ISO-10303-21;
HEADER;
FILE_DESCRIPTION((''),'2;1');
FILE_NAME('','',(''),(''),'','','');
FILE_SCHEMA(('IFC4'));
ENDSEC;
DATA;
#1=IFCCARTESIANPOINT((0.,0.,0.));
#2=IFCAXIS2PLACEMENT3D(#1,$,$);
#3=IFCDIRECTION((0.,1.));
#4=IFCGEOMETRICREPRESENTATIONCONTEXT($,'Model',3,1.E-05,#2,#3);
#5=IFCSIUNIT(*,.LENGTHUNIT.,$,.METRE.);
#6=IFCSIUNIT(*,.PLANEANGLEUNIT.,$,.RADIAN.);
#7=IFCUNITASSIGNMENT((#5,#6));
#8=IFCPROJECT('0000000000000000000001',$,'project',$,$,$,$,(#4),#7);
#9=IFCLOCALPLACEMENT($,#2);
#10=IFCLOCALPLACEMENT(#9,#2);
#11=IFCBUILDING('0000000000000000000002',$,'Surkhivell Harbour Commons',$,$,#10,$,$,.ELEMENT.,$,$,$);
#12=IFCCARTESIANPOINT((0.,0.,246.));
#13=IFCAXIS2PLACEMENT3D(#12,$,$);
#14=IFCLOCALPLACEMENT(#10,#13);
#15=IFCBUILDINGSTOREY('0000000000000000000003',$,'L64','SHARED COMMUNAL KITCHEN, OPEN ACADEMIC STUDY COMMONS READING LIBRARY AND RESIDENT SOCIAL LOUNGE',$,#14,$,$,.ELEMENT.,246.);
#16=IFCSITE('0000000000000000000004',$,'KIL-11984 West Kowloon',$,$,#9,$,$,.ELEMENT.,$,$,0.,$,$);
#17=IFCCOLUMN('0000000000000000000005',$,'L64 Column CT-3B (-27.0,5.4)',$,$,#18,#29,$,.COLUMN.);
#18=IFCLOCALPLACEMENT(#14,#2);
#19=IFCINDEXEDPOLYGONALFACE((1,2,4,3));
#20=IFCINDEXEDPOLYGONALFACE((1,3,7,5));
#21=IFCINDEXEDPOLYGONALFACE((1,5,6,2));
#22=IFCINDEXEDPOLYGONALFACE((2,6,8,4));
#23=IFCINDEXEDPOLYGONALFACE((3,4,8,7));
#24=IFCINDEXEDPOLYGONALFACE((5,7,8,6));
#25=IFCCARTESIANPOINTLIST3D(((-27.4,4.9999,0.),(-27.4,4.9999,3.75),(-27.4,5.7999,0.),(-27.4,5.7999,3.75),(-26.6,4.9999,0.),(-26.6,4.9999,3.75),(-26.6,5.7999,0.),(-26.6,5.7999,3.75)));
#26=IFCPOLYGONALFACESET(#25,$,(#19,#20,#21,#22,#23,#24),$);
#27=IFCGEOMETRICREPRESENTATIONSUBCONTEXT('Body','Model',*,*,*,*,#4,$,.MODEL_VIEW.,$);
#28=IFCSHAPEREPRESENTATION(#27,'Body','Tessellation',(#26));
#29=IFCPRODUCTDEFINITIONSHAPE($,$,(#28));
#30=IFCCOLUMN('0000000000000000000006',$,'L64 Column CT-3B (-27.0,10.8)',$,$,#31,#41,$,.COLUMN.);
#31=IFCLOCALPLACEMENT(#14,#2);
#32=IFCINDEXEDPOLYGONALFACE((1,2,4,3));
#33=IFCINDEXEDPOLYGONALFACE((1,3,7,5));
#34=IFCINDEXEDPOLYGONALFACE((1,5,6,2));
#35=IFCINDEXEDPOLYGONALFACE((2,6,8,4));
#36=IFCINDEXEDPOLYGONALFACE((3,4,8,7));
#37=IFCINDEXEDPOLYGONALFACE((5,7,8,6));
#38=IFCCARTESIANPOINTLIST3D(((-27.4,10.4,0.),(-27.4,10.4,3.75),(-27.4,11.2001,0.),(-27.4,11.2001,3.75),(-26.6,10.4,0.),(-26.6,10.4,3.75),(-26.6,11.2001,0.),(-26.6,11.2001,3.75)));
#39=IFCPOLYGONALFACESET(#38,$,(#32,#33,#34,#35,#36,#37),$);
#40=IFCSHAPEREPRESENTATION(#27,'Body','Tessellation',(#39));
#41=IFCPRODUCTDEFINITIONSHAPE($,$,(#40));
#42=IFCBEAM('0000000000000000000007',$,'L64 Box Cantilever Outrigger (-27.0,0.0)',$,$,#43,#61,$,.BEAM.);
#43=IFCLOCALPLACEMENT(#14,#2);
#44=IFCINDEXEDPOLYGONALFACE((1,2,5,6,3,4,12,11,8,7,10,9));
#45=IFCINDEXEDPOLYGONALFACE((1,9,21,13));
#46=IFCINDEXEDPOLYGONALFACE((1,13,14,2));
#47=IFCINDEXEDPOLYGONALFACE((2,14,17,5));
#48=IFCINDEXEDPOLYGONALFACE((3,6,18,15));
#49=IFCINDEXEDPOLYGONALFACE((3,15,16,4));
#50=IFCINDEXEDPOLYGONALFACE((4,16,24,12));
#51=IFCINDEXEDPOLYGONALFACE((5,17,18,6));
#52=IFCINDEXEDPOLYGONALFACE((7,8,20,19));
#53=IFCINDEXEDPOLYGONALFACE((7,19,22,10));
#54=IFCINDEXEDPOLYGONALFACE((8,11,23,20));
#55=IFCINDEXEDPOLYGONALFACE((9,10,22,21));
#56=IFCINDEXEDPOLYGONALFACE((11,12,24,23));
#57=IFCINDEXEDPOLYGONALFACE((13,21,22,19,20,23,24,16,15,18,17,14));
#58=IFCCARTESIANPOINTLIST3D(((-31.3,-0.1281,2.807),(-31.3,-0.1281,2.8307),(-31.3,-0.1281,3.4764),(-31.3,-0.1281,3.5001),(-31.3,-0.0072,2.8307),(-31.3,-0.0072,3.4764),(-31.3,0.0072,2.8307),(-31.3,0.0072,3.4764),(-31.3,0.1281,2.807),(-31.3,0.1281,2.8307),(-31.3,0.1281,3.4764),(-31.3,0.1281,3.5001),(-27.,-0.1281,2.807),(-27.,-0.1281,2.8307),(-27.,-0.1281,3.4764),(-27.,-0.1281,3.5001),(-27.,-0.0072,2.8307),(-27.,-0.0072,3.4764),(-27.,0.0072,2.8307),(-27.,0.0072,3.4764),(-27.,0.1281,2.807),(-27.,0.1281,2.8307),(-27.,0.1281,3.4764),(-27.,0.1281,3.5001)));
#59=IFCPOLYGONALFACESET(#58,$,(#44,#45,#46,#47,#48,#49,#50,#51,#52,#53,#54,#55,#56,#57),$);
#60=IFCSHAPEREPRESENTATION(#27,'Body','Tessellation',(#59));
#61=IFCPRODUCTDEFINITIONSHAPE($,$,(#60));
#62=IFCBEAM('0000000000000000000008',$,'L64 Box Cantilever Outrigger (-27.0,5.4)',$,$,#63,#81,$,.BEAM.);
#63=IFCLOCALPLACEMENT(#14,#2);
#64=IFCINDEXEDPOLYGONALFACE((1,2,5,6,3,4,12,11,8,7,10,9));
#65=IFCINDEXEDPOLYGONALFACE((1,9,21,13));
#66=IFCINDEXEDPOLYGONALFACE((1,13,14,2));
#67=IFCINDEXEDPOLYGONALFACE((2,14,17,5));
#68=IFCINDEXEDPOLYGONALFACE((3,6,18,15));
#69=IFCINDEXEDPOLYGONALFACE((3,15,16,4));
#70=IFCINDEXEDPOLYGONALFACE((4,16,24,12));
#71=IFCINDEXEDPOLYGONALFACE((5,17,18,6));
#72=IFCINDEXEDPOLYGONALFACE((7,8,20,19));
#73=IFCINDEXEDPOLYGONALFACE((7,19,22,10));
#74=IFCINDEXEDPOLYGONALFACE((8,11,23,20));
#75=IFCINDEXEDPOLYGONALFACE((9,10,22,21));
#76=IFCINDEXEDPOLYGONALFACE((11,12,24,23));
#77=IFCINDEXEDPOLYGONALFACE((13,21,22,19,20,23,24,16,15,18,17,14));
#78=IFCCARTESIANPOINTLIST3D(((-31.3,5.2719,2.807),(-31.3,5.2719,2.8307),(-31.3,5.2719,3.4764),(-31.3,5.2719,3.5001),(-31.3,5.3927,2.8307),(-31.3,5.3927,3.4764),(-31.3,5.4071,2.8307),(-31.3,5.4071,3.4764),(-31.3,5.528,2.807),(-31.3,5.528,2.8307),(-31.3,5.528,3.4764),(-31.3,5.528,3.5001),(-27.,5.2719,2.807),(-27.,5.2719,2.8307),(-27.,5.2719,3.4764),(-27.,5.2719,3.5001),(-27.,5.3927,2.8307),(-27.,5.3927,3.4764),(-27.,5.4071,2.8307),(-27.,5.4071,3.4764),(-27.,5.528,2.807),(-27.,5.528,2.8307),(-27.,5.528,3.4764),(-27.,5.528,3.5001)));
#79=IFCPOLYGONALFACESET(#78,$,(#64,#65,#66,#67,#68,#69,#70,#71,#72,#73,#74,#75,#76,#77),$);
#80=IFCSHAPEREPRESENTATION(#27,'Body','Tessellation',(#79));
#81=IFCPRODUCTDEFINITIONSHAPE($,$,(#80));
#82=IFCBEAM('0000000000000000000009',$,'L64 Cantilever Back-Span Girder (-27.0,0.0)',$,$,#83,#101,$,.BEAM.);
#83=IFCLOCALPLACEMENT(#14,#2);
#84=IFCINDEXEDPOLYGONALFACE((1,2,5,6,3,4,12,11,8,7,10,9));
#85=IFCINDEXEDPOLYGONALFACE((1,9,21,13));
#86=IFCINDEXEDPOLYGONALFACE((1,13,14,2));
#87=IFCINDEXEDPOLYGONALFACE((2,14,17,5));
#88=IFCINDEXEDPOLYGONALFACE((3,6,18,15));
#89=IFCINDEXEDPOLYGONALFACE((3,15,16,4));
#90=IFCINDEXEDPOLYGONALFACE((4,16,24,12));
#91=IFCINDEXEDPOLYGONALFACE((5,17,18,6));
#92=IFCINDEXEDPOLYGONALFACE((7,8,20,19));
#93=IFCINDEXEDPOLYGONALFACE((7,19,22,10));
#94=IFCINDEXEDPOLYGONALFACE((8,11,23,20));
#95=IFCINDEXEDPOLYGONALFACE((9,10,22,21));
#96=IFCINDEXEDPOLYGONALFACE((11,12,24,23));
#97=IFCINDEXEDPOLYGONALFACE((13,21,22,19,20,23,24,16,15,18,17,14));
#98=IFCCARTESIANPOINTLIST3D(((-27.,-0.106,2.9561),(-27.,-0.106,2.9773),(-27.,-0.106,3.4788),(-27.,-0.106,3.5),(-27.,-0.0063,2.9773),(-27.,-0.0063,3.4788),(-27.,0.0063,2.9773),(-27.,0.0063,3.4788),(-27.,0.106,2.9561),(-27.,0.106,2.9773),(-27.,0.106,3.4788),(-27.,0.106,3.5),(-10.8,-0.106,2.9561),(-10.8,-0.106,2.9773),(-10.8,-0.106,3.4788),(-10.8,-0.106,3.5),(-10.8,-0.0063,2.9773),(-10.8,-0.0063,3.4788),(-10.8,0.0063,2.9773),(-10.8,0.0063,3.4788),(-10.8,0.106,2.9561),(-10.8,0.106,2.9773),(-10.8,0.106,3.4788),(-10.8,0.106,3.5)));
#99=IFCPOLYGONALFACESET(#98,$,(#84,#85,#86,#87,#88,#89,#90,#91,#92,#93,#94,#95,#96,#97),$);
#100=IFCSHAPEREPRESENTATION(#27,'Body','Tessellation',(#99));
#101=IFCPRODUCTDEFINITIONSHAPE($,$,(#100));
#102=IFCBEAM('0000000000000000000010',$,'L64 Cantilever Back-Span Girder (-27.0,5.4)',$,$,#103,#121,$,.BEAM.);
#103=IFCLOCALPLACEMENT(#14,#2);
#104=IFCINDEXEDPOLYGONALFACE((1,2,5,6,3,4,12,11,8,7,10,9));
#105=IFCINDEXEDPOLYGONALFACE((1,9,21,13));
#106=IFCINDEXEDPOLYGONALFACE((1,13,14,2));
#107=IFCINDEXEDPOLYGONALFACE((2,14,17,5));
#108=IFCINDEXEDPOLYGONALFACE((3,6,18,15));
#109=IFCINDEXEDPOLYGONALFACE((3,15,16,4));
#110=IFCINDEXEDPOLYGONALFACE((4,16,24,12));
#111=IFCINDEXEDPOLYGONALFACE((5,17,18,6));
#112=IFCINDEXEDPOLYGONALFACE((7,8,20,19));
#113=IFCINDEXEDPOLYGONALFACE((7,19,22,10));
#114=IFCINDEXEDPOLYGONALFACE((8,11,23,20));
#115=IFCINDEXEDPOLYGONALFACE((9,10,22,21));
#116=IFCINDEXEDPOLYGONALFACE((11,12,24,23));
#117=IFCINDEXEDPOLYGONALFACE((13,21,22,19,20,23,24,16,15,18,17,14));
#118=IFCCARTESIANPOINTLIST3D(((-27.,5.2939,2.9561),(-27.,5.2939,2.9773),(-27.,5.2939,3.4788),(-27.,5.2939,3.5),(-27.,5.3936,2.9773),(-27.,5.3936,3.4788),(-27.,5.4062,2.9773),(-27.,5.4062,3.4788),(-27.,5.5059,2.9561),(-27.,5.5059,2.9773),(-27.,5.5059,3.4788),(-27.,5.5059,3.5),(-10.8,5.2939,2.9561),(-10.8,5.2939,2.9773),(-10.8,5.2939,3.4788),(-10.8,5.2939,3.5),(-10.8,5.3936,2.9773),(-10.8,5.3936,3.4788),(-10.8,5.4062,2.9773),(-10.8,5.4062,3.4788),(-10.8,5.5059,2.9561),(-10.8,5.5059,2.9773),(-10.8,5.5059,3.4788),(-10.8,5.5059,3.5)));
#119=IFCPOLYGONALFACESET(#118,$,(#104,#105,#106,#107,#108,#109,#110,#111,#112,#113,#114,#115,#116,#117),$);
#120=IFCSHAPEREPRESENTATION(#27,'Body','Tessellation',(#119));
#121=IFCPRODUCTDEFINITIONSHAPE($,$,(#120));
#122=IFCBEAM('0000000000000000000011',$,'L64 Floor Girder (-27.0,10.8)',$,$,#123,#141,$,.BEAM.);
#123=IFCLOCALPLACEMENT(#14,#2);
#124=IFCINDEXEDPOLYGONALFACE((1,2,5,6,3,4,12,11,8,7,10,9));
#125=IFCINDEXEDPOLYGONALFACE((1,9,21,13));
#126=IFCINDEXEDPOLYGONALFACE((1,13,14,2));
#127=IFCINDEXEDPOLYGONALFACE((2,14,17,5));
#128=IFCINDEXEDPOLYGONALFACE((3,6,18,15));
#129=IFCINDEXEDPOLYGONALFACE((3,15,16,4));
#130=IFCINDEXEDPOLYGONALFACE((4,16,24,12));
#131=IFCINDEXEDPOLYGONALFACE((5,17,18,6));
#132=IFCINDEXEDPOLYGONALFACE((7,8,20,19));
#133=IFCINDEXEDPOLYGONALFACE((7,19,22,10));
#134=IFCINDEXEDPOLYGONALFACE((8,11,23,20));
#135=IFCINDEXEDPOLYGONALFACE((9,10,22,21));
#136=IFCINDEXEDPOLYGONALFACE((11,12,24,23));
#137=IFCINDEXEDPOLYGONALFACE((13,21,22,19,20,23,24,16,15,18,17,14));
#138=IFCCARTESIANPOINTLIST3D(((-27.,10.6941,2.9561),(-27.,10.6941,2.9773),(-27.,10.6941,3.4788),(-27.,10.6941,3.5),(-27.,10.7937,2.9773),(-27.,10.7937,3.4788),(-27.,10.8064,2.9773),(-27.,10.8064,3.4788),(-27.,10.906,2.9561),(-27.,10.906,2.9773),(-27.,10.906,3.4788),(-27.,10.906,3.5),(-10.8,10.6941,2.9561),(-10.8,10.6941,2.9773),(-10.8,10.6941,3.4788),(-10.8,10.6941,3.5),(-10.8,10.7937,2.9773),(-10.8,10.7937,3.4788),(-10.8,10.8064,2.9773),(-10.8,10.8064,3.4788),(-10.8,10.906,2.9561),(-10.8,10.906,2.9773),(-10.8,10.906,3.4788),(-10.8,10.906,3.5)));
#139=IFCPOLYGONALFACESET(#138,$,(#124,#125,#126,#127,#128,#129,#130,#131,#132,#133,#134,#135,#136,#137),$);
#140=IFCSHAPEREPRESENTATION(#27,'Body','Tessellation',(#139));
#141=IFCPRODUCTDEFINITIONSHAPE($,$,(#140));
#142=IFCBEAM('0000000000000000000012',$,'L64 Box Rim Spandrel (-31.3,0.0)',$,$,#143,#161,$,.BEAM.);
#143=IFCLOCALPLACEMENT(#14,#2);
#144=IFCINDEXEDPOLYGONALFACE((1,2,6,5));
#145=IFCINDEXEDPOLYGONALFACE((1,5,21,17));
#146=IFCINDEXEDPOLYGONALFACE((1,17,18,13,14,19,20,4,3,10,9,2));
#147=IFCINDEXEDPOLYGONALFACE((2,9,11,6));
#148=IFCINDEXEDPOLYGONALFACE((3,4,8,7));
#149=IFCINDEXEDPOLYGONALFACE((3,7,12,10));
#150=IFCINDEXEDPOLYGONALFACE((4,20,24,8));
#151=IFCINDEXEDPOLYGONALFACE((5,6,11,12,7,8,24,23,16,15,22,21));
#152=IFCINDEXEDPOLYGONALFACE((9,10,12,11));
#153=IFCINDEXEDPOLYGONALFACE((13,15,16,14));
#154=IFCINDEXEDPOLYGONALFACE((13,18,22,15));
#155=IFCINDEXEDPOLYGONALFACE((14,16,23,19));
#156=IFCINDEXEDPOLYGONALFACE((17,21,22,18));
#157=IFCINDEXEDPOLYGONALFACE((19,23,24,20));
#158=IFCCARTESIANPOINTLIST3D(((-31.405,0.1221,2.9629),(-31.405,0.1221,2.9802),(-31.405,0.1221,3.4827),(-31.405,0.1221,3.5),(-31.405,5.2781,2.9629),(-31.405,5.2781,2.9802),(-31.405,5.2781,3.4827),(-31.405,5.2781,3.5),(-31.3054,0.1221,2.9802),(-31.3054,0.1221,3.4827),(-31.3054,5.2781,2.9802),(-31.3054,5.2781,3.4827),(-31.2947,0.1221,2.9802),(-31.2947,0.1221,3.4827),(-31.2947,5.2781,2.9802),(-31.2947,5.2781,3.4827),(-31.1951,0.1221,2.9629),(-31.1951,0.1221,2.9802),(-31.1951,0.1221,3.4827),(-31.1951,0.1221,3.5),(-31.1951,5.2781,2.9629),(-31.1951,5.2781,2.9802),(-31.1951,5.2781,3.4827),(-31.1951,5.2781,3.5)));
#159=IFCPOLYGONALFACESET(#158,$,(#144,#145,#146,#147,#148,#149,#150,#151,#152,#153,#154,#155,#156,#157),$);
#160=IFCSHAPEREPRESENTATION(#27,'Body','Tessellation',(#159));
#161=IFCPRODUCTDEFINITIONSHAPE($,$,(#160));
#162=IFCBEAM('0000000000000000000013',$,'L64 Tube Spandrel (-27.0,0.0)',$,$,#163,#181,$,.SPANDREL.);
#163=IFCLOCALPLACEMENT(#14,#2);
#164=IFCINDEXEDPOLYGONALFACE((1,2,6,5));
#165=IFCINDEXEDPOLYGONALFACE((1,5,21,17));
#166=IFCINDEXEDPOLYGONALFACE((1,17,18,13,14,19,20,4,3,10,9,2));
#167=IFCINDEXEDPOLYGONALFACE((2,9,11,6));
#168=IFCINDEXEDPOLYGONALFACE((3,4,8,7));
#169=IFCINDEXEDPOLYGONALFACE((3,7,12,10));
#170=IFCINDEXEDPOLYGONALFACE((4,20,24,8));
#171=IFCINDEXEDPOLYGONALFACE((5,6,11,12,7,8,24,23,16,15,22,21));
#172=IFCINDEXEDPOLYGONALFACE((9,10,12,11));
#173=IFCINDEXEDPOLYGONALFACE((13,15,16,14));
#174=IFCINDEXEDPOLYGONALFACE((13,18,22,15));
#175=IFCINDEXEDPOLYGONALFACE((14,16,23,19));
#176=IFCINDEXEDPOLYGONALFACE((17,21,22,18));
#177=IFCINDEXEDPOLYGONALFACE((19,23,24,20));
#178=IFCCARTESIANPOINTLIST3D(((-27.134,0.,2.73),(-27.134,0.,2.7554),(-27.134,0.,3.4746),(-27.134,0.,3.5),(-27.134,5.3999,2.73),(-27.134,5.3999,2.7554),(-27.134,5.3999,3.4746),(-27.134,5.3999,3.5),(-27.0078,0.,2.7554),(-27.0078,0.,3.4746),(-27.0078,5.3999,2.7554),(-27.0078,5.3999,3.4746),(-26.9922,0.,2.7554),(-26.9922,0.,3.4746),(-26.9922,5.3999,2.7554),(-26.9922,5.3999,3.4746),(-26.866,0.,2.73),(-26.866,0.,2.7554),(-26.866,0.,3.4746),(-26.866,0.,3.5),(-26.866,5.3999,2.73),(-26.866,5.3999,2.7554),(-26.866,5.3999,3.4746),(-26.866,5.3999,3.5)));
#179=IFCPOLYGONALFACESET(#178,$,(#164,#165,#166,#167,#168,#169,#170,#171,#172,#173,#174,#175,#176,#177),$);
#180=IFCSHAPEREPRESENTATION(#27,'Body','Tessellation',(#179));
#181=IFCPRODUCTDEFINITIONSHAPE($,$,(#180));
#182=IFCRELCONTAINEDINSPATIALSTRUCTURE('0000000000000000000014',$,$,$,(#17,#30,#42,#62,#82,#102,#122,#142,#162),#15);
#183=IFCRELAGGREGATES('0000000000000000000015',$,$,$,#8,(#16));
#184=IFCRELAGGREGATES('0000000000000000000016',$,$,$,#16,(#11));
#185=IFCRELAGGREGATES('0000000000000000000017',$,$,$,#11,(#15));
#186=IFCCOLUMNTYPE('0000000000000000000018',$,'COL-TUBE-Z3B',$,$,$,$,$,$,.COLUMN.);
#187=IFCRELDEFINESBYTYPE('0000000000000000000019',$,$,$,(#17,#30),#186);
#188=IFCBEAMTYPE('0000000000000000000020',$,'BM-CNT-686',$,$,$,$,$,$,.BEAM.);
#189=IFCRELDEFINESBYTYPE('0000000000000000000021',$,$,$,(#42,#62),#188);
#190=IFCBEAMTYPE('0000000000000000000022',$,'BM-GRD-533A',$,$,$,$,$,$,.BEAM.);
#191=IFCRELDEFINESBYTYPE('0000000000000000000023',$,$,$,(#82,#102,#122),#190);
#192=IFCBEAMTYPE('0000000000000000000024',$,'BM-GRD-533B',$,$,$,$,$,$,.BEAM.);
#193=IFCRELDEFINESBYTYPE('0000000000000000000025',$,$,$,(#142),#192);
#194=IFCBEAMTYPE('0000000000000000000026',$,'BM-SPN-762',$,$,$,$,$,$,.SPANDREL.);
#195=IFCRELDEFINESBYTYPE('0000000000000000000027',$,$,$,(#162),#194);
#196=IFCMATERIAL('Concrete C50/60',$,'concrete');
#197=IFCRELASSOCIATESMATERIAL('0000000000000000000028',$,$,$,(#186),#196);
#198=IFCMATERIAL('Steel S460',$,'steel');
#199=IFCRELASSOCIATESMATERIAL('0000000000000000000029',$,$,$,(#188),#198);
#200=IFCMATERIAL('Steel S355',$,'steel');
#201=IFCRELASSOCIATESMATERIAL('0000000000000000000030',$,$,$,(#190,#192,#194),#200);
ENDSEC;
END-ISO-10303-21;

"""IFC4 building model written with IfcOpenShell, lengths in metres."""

from ifc_helpers import new_model, si_unit, direction, frame, origin, origin_2d, place, context, subcontext, project, spatial, rectangle, i_section, extrude, material, material_profile, profile_set, type_object, element, save


model = new_model("IFC4")

# Units and contexts
model_context = context("Model", 3, precision=1e-05, world=origin(), true_north=direction((0.0, 1.0)))
body_context = subcontext(model_context, "Body", "Model", "MODEL_VIEW")
ifc_project = project(units=[si_unit("LENGTHUNIT", "METRE"), si_unit("PLANEANGLEUNIT", "RADIAN")], contexts=[model_context])

# Site, building, storey
site_placement = place(None, origin())
site = spatial("IfcSite", under=ifc_project, at=site_placement, Name="KIL-11984 West Kowloon", CompositionType="ELEMENT", RefElevation=0.0)
building_placement = place(site_placement, origin())
building = spatial("IfcBuilding", under=site, at=building_placement, Name="Surkhivell Harbour Commons", CompositionType="ELEMENT")
storey_placement = place(building_placement, frame((0.0, 0.0, 246.0)))
storey = spatial("IfcBuildingStorey", under=building, at=storey_placement, Name="L64", Description="SHARED COMMUNAL KITCHEN, OPEN ACADEMIC STUDY COMMONS READING LIBRARY AND RESIDENT SOCIAL LOUNGE", CompositionType="ELEMENT", Elevation=246.0)

# Columns
ifc_material_1 = material(Name="Concrete C50/60", Category="concrete")
ifc_material_profile_1 = material_profile(ifc_material_1, rectangle(XDim=0.8, YDim=0.8, at=origin_2d()), Name="RC-COL-800x800")
ifc_profile_set_1 = profile_set([ifc_material_profile_1], Name="Concrete C50/60")
column_type = type_object("IfcColumnType", Name="COL-TUBE-Z3B", PredefinedType="COLUMN", material=ifc_profile_set_1)
for number, where, z_axis, x_axis, name in (
    (1, (-27.0, 5.3999, 0.0), (0.0, 0.0, 1.0), (1.0, 0.0, 0.0), "L64 Column CT-3B (-27.0,5.4)"),
    (2, (-27.0, 10.8, 0.0), (0.0, 0.0, 1.0), (1.0, 0.0, 0.0), "L64 Column CT-3B (-27.0,10.8)"),
):
    element("IfcColumn", number, at=place(storey_placement, frame(where, z_axis=z_axis, x_axis=x_axis)), inside=storey, type_object=column_type, Name=name, PredefinedType="COLUMN", context=body_context, shape_type="SweptSolid", body=[
        extrude(rectangle(XDim=0.8, YDim=0.8, at=origin_2d()), origin(), (0.0, 0.0, 1.0), 3.75),
    ])

# Beams
ifc_material_2 = material(Name="Steel S460", Category="steel")
ifc_material_profile_2 = material_profile(ifc_material_2, i_section(OverallWidth=0.2561, OverallDepth=0.6931, WebThickness=0.0144, FlangeThickness=0.0237, at=origin_2d()), Name="UB686x254x170")
ifc_profile_set_2 = profile_set([ifc_material_profile_2], Name="Steel S460")
beam_type_1 = type_object("IfcBeamType", Name="BM-CNT-686", PredefinedType="BEAM", material=ifc_profile_set_2)
for number, where, z_axis, x_axis, name in (
    (3, (-27.0, 0.0, 3.1536), (-1.0, 0.0, 0.0), (0.0, -1.0, 0.0), "L64 Box Cantilever Outrigger (-27.0,0.0)"),
    (4, (-27.0, 5.3999, 3.1536), (-1.0, 0.0, 0.0), (0.0, -1.0, 0.0), "L64 Box Cantilever Outrigger (-27.0,5.4)"),
):
    element("IfcBeam", number, at=place(storey_placement, frame(where, z_axis=z_axis, x_axis=x_axis)), inside=storey, type_object=beam_type_1, Name=name, PredefinedType="BEAM", context=body_context, shape_type="SweptSolid", body=[
        extrude(i_section(OverallWidth=0.2561, OverallDepth=0.6931, WebThickness=0.0144, FlangeThickness=0.0237, at=origin_2d()), origin(), (0.0, 0.0, 1.0), 4.3),
    ])
ifc_material_3 = material(Name="Steel S355", Category="steel")
ifc_material_profile_3 = material_profile(ifc_material_3, i_section(OverallWidth=0.2119, OverallDepth=0.5439, WebThickness=0.0127, FlangeThickness=0.0212, at=origin_2d()), Name="UB533x210x122")
ifc_profile_set_3 = profile_set([ifc_material_profile_3], Name="Steel S355")
beam_type_2 = type_object("IfcBeamType", Name="BM-GRD-533A", PredefinedType="BEAM", material=ifc_profile_set_3)
for number, where, z_axis, x_axis, name in (
    (5, (-27.0, 0.0, 3.228), (1.0, 0.0, 0.0), (0.0, 1.0, 0.0), "L64 Cantilever Back-Span Girder (-27.0,0.0)"),
    (6, (-27.0, 5.3999, 3.228), (1.0, 0.0, 0.0), (0.0, 1.0, 0.0), "L64 Cantilever Back-Span Girder (-27.0,5.4)"),
    (7, (-27.0, 10.8, 3.228), (1.0, 0.0, 0.0), (0.0, 1.0, 0.0), "L64 Floor Girder (-27.0,10.8)"),
):
    element("IfcBeam", number, at=place(storey_placement, frame(where, z_axis=z_axis, x_axis=x_axis)), inside=storey, type_object=beam_type_2, Name=name, PredefinedType="BEAM", context=body_context, shape_type="SweptSolid", body=[
        extrude(i_section(OverallWidth=0.2119, OverallDepth=0.5439, WebThickness=0.0127, FlangeThickness=0.0212, at=origin_2d()), origin(), (0.0, 0.0, 1.0), 16.2),
    ])
ifc_material_profile_4 = material_profile(ifc_material_3, i_section(OverallWidth=0.21, OverallDepth=0.5371, WebThickness=0.0107, FlangeThickness=0.0173, at=origin_2d()), Name="UB533x210x101")
ifc_profile_set_4 = profile_set([ifc_material_profile_4], Name="Steel S355")
beam_type_3 = type_object("IfcBeamType", Name="BM-GRD-533B", PredefinedType="BEAM", material=ifc_profile_set_4)
beam_1_placement = place(storey_placement, frame((-31.3, 0.1221, 3.2314), z_axis=(0.0, 1.0, 0.0), x_axis=(-1.0, 0.0, 0.0)))
element("IfcBeam", 8, at=beam_1_placement, inside=storey, type_object=beam_type_3, Name="L64 Box Rim Spandrel (-31.3,0.0)", PredefinedType="BEAM", context=body_context, shape_type="SweptSolid", body=[
    extrude(i_section(OverallWidth=0.21, OverallDepth=0.5371, WebThickness=0.0107, FlangeThickness=0.0173, at=origin_2d()), origin(), (0.0, 0.0, 1.0), 5.156),
])
ifc_material_profile_5 = material_profile(ifc_material_3, i_section(OverallWidth=0.2681, OverallDepth=0.77, WebThickness=0.0156, FlangeThickness=0.0254, at=origin_2d()), Name="UB762x267x197")
ifc_profile_set_5 = profile_set([ifc_material_profile_5], Name="Steel S355")
beam_type_4 = type_object("IfcBeamType", Name="BM-SPN-762", PredefinedType="SPANDREL", material=ifc_profile_set_5)
beam_2_placement = place(storey_placement, frame((-27.0, 0.0, 3.115), z_axis=(0.0, 1.0, 0.0), x_axis=(-1.0, 0.0, 0.0)))
element("IfcBeam", 9, at=beam_2_placement, inside=storey, type_object=beam_type_4, Name="L64 Tube Spandrel (-27.0,0.0)", PredefinedType="SPANDREL", context=body_context, shape_type="SweptSolid", body=[
    extrude(i_section(OverallWidth=0.2681, OverallDepth=0.77, WebThickness=0.0156, FlangeThickness=0.0254, at=origin_2d()), origin(), (0.0, 0.0, 1.0), 5.3999),
])

save(model, "model.ifc")
